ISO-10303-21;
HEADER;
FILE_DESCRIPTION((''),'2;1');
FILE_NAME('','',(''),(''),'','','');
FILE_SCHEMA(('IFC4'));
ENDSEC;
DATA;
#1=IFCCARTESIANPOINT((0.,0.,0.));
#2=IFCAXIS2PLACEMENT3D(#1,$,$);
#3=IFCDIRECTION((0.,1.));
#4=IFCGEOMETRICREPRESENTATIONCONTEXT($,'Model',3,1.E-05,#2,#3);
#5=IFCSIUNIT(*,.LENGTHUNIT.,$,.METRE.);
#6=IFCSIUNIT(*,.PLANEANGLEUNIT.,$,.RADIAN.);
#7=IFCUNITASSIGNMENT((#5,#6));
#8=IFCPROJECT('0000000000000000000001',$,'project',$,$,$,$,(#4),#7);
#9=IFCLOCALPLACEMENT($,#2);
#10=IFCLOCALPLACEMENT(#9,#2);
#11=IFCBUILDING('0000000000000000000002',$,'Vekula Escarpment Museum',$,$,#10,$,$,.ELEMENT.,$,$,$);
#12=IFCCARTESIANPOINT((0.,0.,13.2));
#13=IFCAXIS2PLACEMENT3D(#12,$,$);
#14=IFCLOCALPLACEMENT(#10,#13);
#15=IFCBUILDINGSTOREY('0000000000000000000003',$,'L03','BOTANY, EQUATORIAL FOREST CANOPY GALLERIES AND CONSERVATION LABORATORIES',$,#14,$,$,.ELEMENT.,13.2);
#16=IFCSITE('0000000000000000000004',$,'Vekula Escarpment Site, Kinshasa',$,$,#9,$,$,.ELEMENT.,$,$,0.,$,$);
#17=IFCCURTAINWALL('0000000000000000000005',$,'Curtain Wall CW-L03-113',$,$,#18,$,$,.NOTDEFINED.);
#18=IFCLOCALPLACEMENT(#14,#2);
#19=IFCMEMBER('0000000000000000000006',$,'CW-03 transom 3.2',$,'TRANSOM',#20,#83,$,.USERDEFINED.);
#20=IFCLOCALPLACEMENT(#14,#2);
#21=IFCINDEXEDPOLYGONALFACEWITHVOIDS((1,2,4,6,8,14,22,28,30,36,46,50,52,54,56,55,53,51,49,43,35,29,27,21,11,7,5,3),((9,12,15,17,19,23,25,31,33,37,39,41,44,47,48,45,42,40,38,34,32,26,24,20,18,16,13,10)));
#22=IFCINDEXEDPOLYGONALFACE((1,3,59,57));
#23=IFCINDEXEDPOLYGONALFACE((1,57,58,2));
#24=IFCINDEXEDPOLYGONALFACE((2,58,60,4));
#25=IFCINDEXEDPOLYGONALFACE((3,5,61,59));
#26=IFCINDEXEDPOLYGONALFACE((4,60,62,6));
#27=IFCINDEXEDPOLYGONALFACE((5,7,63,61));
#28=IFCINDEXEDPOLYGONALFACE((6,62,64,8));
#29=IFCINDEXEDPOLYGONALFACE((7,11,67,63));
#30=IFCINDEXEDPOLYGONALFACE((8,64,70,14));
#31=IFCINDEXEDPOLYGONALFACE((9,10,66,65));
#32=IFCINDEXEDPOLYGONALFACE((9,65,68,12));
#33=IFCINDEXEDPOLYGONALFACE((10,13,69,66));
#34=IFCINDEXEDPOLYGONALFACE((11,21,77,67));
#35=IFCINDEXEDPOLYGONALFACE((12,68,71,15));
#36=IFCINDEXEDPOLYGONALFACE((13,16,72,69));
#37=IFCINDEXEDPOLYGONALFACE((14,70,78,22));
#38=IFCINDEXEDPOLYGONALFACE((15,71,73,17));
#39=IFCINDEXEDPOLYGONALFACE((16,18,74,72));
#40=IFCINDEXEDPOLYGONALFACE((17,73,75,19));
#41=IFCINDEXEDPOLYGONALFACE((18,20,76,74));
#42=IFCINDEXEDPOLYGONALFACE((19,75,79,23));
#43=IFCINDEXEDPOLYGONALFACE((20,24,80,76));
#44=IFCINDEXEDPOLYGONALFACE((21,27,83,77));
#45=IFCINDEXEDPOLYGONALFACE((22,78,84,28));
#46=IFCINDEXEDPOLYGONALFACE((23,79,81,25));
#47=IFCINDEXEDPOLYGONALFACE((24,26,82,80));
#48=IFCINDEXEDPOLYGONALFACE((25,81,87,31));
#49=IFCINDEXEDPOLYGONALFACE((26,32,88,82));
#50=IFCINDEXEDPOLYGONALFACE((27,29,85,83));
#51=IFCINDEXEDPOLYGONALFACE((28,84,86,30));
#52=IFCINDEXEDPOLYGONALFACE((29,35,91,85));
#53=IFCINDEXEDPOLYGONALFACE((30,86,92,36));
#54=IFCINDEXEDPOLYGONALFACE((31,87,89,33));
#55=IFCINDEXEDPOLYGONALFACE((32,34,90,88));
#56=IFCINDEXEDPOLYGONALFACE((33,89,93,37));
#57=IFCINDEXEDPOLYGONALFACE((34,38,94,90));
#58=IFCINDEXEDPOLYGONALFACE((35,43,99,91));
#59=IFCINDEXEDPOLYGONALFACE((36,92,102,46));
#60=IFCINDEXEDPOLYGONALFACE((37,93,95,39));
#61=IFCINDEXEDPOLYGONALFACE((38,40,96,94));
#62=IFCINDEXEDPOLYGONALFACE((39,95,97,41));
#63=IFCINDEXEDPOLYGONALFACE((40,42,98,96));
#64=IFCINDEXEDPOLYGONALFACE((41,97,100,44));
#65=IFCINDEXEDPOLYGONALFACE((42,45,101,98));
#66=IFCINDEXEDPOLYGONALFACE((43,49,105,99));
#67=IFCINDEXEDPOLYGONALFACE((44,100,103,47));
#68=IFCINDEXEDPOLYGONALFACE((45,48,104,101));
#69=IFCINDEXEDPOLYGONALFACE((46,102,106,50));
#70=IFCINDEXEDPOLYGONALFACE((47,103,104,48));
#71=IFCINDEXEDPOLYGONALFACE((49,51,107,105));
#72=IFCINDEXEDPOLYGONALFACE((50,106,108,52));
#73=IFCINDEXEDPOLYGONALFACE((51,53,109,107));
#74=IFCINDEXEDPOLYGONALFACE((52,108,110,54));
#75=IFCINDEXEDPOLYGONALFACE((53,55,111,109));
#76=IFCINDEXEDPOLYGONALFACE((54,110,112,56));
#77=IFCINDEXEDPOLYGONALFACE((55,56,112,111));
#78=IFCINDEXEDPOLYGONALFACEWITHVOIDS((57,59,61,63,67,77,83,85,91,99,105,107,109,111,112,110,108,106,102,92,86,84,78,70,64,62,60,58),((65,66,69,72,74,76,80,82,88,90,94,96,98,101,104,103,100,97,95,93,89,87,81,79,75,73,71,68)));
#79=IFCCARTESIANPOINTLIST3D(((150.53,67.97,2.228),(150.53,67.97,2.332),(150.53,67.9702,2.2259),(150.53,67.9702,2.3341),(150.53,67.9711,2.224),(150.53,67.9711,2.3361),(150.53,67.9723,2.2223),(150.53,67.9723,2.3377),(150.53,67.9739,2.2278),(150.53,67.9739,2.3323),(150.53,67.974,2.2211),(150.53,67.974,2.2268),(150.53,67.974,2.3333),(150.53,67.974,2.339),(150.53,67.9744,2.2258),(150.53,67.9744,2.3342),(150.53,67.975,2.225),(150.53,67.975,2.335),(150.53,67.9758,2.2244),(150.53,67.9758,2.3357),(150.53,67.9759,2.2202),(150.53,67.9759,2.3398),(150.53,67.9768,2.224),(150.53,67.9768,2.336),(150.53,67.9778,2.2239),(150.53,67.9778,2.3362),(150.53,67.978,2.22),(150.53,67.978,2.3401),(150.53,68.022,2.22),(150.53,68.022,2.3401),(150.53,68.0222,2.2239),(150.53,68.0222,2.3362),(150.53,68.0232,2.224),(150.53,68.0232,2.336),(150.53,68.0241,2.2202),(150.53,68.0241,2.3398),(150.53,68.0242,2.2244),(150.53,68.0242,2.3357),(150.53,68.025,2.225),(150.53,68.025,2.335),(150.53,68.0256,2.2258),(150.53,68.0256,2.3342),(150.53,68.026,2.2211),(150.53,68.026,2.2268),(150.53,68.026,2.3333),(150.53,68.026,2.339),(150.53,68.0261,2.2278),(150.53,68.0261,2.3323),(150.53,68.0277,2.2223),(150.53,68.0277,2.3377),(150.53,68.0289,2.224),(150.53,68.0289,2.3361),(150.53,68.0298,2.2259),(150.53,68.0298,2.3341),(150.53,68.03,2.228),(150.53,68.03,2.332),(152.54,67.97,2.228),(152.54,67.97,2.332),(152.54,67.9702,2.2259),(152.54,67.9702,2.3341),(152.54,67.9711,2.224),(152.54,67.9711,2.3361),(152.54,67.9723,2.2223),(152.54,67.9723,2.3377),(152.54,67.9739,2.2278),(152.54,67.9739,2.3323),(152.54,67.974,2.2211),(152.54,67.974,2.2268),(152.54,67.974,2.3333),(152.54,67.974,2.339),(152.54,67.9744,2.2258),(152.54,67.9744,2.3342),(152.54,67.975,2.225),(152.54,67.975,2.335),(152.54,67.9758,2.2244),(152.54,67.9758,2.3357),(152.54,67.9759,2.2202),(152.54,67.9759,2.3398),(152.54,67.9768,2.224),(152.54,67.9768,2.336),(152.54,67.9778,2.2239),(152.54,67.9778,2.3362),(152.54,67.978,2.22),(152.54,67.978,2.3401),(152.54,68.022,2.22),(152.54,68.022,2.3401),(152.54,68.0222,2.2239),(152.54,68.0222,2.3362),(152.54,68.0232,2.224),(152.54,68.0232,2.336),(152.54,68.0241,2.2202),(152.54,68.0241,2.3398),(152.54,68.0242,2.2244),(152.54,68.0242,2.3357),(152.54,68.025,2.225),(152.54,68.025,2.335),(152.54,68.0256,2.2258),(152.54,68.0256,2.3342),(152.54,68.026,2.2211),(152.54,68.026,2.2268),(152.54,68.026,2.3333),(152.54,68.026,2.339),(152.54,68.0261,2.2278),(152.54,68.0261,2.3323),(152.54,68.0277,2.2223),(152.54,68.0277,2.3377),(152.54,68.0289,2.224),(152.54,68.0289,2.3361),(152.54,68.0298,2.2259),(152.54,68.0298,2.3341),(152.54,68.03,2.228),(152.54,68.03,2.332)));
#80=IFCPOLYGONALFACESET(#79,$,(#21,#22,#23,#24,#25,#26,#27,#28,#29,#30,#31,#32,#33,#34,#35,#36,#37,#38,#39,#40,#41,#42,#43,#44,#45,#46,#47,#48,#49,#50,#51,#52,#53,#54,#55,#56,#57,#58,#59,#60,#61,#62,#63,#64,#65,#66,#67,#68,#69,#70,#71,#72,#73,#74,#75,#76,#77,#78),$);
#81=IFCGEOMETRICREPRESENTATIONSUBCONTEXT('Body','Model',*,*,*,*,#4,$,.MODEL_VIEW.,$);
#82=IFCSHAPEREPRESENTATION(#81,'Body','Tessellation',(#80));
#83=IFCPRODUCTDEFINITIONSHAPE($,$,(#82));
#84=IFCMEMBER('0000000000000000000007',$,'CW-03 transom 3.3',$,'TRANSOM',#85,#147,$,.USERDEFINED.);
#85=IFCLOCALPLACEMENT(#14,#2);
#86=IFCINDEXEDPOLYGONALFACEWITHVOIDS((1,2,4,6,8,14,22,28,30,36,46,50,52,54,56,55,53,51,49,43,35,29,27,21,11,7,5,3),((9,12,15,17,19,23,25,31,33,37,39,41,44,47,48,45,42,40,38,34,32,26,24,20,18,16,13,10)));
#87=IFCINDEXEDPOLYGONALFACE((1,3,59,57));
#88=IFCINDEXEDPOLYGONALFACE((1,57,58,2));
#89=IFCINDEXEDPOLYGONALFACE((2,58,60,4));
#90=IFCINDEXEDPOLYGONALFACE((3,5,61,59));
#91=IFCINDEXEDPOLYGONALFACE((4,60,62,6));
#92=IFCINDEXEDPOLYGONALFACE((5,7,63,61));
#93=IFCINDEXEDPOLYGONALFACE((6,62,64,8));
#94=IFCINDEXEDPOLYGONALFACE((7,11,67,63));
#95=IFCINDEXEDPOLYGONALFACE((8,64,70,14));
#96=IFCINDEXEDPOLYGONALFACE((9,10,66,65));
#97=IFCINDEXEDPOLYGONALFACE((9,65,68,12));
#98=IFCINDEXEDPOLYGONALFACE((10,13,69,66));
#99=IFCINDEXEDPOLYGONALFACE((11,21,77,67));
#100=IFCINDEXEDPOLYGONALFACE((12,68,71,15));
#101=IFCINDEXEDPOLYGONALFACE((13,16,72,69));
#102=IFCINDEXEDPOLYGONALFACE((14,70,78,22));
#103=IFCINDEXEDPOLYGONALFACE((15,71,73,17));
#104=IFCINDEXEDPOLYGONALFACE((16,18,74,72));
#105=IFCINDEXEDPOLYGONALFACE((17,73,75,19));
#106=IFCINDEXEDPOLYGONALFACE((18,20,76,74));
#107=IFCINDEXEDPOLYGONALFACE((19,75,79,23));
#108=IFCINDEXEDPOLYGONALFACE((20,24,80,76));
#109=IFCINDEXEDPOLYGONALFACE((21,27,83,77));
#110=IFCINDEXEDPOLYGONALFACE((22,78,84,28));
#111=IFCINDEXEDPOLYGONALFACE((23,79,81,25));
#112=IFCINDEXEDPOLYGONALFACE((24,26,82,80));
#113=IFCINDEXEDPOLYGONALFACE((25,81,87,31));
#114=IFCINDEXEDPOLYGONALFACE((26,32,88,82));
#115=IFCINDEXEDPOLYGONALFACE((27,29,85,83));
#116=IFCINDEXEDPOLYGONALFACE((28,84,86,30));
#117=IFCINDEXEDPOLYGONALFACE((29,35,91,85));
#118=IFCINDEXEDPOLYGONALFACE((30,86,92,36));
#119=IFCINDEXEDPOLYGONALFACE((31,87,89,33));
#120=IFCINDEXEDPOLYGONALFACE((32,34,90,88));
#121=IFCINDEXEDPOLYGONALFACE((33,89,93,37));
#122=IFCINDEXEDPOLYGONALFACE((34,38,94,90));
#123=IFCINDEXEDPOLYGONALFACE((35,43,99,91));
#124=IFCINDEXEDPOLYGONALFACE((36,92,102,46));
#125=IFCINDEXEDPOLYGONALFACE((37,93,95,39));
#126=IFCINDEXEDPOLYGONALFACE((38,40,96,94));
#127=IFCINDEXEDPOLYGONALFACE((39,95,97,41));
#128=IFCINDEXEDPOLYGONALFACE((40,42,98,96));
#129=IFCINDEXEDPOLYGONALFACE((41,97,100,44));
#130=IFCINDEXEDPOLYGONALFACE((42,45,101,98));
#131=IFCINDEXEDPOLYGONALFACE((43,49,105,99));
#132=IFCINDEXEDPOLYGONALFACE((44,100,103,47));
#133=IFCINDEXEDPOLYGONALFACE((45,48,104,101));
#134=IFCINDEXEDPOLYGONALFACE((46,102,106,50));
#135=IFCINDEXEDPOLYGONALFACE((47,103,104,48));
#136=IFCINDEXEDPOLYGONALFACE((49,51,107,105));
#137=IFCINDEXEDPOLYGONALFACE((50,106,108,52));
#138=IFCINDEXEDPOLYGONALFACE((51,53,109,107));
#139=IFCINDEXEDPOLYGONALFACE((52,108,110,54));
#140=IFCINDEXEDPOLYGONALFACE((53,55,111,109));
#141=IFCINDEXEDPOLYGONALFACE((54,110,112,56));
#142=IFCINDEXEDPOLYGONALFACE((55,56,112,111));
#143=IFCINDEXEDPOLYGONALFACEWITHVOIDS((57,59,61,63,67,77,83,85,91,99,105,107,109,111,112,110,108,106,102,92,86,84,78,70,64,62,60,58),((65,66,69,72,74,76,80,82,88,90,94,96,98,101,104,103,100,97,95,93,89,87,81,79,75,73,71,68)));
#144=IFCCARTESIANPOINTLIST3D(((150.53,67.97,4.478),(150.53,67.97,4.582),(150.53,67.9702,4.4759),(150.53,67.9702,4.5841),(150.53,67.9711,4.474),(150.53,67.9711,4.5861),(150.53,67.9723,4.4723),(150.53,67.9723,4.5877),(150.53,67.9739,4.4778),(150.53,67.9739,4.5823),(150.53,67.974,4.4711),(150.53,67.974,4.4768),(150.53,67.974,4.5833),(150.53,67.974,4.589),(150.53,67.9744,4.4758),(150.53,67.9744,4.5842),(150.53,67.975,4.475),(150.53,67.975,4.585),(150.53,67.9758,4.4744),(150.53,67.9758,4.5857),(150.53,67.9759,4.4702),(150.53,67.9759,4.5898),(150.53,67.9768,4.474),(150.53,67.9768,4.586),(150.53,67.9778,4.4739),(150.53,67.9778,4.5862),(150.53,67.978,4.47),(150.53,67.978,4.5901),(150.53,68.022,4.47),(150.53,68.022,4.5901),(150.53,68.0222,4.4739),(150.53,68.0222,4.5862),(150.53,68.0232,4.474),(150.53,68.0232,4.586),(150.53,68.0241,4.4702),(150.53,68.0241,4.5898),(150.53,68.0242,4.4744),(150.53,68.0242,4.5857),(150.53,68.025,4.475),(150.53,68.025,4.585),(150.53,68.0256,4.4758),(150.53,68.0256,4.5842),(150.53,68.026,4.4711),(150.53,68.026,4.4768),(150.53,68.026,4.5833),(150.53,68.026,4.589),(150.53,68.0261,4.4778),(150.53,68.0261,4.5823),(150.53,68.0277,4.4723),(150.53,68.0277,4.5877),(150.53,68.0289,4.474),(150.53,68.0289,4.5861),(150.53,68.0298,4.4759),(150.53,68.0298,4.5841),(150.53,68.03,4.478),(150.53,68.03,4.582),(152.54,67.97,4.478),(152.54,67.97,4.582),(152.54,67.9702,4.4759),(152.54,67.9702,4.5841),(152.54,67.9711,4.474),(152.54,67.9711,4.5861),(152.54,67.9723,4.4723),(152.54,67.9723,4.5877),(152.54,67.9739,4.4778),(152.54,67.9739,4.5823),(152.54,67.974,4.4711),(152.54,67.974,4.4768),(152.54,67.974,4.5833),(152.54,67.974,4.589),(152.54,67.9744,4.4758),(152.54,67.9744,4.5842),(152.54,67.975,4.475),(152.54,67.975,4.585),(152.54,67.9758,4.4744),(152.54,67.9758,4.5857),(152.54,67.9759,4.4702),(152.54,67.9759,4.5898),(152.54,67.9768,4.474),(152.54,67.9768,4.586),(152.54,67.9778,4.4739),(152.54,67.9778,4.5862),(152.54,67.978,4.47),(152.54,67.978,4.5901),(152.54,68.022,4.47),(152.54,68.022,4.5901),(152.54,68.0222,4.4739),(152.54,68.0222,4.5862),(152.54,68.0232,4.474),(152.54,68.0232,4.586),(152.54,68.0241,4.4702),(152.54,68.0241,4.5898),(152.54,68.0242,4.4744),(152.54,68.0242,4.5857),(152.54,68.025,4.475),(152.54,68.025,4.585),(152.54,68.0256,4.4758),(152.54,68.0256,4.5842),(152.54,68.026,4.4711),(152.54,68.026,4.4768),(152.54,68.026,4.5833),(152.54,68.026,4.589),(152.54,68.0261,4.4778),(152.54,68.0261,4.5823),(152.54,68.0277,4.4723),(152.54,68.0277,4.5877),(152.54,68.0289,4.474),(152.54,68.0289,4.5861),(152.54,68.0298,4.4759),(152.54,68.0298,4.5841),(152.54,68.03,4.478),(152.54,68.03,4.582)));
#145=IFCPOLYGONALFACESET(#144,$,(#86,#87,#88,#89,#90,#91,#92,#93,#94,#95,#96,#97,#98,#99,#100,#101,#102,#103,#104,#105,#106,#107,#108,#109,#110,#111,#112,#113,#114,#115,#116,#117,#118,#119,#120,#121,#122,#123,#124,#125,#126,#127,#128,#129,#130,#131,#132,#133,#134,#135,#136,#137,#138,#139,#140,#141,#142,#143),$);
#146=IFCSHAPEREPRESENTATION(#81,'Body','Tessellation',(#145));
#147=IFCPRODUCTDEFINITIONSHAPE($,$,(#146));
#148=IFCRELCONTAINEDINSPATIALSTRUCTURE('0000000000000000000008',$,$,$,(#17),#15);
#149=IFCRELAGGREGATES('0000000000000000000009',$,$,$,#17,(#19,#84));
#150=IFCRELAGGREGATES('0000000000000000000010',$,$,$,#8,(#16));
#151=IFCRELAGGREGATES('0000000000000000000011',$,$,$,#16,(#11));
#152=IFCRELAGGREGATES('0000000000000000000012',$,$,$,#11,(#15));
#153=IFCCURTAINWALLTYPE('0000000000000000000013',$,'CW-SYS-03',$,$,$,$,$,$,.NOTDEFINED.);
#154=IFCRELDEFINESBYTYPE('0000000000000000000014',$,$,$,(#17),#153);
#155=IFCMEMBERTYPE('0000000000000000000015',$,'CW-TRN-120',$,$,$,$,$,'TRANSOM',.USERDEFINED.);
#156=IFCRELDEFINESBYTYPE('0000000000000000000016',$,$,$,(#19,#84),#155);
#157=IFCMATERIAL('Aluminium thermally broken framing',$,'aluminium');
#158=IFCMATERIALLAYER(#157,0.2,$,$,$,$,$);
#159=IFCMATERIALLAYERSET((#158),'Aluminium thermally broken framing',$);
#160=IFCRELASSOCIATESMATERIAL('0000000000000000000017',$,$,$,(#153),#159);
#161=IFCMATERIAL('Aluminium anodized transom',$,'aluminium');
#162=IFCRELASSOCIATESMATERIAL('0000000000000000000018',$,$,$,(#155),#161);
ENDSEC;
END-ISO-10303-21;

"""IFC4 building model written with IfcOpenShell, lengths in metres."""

from ifc_helpers import new_model, si_unit, direction, frame, origin, origin_2d, place, context, subcontext, project, spatial, hollow_rectangle, extrude, material, layer, layer_set, material_profile, profile_set, type_object, element, aggregate, save


model = new_model("IFC4")

# Units and contexts
model_context = context("Model", 3, precision=1e-05, world=origin(), true_north=direction((0.0, 1.0)))
body_context = subcontext(model_context, "Body", "Model", "MODEL_VIEW")
ifc_project = project(units=[si_unit("LENGTHUNIT", "METRE"), si_unit("PLANEANGLEUNIT", "RADIAN")], contexts=[model_context])

# Site, building, storey
site_placement = place(None, origin())
site = spatial("IfcSite", under=ifc_project, at=site_placement, Name="Vekula Escarpment Site, Kinshasa", CompositionType="ELEMENT", RefElevation=0.0)
building_placement = place(site_placement, origin())
building = spatial("IfcBuilding", under=site, at=building_placement, Name="Vekula Escarpment Museum", CompositionType="ELEMENT")
storey_placement = place(building_placement, frame((0.0, 0.0, 13.2)))
storey = spatial("IfcBuildingStorey", under=building, at=storey_placement, Name="L03", Description="BOTANY, EQUATORIAL FOREST CANOPY GALLERIES AND CONSERVATION LABORATORIES", CompositionType="ELEMENT", Elevation=13.2)

# Curtain wall
ifc_material_1 = material(Name="Aluminium thermally broken framing", Category="aluminium")
ifc_layer_1 = layer(ifc_material_1, 0.2)
ifc_layer_set_1 = layer_set([ifc_layer_1], Name="Aluminium thermally broken framing")
curtain_wall_type_1 = type_object("IfcCurtainWallType", Name="CW-SYS-03", PredefinedType="NOTDEFINED", material=ifc_layer_set_1)
curtain_wall_1_placement = place(storey_placement, origin())
curtain_wall_1 = element("IfcCurtainWall", 1, at=curtain_wall_1_placement, inside=storey, type_object=curtain_wall_type_1, Name="Curtain Wall CW-L03-113", PredefinedType="NOTDEFINED")

# Members
ifc_material_2 = material(Name="Aluminium anodized transom", Category="aluminium")
ifc_material_profile_1 = material_profile(ifc_material_2, hollow_rectangle(XDim=0.0601, YDim=0.1201, WallThickness=0.0039, InnerFilletRadius=0.0039, OuterFilletRadius=0.0081, at=origin_2d()), Name="ALU 120x60x4")
ifc_profile_set_1 = profile_set([ifc_material_profile_1], Name="Aluminium anodized transom")
member_type_1 = type_object("IfcMemberType", Name="CW-TRN-120", ElementType="TRANSOM", PredefinedType="USERDEFINED", material=ifc_profile_set_1)
member_1_placement = place(storey_placement, frame((150.53, 68.0, 2.28), z_axis=(1.0, 0.0, 0.0), x_axis=(0.0, 1.0, 0.0)))
member_1 = element("IfcMember", 2, at=member_1_placement, type_object=member_type_1, Name="CW-03 transom 3.2", ObjectType="TRANSOM", PredefinedType="USERDEFINED", context=body_context, shape_type="SweptSolid", body=[
    extrude(hollow_rectangle(XDim=0.0601, YDim=0.1201, WallThickness=0.0039, InnerFilletRadius=0.0039, OuterFilletRadius=0.0081, at=origin_2d()), origin(), (0.0, 0.0, 1.0), 2.01),
])
member_2_placement = place(storey_placement, frame((150.53, 68.0, 4.53), z_axis=(1.0, 0.0, 0.0), x_axis=(0.0, 1.0, 0.0)))
member_2 = element("IfcMember", 3, at=member_2_placement, type_object=member_type_1, Name="CW-03 transom 3.3", ObjectType="TRANSOM", PredefinedType="USERDEFINED", context=body_context, shape_type="SweptSolid", body=[
    extrude(hollow_rectangle(XDim=0.0601, YDim=0.1201, WallThickness=0.0039, InnerFilletRadius=0.0039, OuterFilletRadius=0.0081, at=origin_2d()), origin(), (0.0, 0.0, 1.0), 2.01),
])

aggregate(curtain_wall_1, [member_1, member_2])

save(model, "model.ifc")
